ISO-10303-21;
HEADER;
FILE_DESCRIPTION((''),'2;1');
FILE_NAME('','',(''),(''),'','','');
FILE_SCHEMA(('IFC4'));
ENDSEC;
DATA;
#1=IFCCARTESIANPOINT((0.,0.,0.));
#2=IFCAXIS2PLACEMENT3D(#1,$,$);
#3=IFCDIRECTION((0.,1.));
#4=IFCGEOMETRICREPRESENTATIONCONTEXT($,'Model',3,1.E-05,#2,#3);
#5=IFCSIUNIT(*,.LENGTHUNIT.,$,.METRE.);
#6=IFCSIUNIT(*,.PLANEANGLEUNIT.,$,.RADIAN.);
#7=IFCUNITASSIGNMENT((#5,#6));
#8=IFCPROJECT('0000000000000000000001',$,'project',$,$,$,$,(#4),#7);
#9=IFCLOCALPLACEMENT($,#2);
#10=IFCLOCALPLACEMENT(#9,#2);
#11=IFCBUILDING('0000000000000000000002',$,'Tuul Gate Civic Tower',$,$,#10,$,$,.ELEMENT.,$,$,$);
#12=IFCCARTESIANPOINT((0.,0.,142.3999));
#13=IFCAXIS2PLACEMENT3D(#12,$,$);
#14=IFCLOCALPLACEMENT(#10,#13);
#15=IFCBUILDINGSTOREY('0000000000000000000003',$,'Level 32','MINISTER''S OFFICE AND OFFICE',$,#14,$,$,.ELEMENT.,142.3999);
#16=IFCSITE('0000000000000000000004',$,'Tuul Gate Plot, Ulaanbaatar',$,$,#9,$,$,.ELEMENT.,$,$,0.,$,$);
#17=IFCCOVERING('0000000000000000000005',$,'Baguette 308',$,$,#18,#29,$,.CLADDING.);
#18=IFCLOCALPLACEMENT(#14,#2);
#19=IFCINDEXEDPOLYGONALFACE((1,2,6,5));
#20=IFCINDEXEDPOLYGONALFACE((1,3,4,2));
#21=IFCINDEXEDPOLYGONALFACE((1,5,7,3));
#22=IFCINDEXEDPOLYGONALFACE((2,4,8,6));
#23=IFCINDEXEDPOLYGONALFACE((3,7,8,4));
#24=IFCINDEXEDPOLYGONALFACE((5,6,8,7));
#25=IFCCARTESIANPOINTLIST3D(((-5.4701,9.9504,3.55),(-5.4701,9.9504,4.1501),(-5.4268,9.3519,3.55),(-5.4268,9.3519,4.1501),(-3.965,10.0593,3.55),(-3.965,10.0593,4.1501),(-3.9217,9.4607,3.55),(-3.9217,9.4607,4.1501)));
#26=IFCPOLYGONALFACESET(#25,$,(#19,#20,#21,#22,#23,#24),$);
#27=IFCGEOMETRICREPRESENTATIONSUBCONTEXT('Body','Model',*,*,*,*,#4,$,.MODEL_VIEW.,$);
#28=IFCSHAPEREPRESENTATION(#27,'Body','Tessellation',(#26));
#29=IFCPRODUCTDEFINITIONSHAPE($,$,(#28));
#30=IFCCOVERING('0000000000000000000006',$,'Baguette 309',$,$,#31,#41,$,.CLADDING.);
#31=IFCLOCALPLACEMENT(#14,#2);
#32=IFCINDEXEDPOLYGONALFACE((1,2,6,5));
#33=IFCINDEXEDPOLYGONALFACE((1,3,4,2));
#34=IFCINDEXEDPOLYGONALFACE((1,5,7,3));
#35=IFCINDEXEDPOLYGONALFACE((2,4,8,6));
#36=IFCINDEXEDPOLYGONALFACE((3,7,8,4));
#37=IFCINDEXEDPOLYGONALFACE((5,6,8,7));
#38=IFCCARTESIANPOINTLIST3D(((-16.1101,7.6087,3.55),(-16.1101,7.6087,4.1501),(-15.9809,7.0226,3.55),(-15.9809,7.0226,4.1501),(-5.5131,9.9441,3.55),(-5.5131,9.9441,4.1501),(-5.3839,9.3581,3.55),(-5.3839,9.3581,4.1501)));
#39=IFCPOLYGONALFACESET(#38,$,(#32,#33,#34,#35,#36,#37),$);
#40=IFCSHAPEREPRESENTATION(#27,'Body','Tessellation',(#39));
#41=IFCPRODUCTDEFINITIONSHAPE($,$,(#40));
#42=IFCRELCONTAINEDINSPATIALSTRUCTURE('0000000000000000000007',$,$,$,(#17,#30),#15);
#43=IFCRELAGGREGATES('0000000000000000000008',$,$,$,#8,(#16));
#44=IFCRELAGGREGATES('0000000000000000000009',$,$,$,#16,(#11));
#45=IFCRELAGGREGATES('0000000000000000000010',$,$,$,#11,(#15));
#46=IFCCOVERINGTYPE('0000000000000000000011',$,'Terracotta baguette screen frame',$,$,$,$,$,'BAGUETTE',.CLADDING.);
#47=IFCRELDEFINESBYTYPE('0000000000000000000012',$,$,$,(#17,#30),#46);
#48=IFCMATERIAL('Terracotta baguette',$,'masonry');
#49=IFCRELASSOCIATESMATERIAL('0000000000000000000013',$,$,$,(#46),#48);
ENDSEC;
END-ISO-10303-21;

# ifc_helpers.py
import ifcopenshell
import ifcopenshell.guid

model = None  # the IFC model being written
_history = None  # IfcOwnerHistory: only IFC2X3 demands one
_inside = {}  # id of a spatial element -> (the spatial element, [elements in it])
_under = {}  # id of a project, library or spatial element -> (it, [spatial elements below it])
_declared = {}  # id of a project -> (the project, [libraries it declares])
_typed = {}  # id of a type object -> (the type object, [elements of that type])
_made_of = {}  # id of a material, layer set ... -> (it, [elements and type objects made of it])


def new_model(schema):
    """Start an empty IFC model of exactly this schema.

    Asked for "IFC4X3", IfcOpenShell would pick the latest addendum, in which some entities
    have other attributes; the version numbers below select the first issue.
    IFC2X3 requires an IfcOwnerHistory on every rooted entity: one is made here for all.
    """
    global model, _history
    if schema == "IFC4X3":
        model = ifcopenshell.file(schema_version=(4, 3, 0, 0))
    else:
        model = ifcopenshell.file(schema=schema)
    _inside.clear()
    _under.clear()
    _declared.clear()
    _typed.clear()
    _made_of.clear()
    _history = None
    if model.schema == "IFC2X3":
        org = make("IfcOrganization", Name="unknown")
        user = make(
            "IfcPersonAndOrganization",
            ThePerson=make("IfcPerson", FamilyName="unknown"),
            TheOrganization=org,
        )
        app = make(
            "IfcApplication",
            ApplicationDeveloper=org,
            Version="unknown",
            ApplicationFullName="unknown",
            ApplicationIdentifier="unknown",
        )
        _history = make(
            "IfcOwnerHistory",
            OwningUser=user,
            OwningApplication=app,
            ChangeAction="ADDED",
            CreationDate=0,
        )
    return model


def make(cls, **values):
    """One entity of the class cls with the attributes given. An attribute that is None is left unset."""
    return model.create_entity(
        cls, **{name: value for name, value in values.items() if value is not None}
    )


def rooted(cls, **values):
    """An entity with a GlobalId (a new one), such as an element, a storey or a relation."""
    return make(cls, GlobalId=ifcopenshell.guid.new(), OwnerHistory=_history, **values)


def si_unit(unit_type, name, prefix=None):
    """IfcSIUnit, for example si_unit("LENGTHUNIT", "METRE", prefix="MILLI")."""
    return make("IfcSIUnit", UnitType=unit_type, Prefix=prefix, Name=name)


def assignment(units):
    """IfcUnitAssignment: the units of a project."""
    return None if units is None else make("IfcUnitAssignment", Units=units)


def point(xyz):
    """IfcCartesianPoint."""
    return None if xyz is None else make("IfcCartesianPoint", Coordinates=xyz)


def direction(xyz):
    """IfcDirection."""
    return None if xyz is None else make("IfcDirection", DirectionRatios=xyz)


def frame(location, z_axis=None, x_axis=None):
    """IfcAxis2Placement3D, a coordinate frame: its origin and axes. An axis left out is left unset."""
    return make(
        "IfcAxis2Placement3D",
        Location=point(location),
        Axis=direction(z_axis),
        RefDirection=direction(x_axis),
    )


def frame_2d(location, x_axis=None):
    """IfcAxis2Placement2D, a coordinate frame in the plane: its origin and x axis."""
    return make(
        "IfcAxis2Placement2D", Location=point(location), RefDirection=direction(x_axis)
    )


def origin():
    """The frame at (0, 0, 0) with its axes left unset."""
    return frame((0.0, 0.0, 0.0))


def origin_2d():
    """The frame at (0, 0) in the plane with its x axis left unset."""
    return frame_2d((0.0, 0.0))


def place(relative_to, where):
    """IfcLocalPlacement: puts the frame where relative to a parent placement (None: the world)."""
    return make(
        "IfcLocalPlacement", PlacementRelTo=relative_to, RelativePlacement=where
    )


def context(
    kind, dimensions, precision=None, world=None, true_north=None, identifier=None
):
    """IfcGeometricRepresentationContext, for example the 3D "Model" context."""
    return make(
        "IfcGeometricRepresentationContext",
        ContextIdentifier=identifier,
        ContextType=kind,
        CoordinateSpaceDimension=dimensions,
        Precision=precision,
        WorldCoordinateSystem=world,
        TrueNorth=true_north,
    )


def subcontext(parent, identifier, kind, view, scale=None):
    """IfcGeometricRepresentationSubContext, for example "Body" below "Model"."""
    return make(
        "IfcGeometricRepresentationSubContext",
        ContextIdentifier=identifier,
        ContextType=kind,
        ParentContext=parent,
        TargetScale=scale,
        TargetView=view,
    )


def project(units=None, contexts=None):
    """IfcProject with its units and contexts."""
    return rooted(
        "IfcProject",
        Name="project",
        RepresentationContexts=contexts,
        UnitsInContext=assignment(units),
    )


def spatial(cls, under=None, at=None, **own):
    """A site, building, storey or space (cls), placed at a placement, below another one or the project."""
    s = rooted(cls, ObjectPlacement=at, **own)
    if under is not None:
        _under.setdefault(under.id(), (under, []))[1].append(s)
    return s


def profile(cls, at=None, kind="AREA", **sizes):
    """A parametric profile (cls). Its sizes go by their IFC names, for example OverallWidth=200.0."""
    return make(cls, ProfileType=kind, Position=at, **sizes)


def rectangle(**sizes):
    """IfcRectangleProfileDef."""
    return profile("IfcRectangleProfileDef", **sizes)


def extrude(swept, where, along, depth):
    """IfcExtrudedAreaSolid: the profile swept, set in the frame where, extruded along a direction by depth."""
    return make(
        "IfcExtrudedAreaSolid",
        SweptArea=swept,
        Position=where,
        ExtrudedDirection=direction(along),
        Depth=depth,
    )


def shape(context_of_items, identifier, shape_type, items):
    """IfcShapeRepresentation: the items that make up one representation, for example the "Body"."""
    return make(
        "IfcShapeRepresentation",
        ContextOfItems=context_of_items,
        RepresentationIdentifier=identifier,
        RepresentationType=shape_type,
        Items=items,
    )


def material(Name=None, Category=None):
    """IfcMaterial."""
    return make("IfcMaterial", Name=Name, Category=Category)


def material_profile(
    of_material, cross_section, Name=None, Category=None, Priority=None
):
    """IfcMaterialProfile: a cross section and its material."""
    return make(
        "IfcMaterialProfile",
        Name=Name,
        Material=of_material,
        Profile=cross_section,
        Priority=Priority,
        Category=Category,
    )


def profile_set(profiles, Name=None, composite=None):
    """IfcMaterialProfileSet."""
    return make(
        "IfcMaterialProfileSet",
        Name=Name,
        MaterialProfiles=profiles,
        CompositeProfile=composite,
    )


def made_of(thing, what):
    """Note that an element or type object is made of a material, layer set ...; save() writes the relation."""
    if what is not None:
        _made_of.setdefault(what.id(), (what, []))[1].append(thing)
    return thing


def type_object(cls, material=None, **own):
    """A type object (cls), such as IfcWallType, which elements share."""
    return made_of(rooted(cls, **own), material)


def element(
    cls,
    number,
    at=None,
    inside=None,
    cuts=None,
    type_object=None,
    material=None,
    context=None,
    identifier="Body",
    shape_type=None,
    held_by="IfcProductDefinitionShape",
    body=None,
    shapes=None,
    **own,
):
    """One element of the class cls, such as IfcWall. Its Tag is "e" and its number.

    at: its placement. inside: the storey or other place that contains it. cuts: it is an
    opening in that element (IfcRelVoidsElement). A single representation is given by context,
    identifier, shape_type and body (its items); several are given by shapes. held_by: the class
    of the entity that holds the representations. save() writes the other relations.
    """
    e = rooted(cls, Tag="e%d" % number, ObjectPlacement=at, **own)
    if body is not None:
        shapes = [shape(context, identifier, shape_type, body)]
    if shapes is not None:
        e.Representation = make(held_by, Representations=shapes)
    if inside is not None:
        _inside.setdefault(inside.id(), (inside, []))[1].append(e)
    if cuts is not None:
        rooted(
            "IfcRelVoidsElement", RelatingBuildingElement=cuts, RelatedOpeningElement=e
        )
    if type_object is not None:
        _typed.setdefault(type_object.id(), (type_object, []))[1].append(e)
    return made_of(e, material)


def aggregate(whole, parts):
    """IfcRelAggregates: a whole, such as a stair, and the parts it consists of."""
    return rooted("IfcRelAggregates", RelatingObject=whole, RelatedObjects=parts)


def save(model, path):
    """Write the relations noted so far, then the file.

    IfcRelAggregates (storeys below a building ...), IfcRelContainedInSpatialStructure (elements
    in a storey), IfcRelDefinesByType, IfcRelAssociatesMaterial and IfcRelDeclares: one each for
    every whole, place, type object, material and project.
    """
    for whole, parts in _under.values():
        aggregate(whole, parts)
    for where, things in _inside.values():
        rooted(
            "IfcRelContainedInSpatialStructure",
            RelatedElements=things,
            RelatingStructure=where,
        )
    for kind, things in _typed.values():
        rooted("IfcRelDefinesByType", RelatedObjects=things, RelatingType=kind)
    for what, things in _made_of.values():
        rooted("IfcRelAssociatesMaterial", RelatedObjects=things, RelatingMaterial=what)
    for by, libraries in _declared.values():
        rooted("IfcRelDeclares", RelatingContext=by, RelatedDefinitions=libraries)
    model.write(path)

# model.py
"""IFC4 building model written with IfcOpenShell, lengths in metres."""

from ifc_helpers import new_model, si_unit, direction, frame, origin, origin_2d, place, context, subcontext, project, spatial, rectangle, extrude, material, material_profile, profile_set, type_object, element, save


model = new_model("IFC4")

# Units and contexts
model_context = context("Model", 3, precision=1e-05, world=origin(), true_north=direction((0.0, 1.0)))
body_context = subcontext(model_context, "Body", "Model", "MODEL_VIEW")
ifc_project = project(units=[si_unit("LENGTHUNIT", "METRE"), si_unit("PLANEANGLEUNIT", "RADIAN")], contexts=[model_context])

# Site, building, storey
site_placement = place(None, origin())
site = spatial("IfcSite", under=ifc_project, at=site_placement, Name="Tuul Gate Plot, Ulaanbaatar", CompositionType="ELEMENT", RefElevation=0.0)
building_placement = place(site_placement, origin())
building = spatial("IfcBuilding", under=site, at=building_placement, Name="Tuul Gate Civic Tower", CompositionType="ELEMENT")
storey_placement = place(building_placement, frame((0.0, 0.0, 142.3999)))
storey = spatial("IfcBuildingStorey", under=building, at=storey_placement, Name="Level 32", Description="MINISTER'S OFFICE AND OFFICE", CompositionType="ELEMENT", Elevation=142.3999)

# Coverings
ifc_material_1 = material(Name="Terracotta baguette", Category="masonry")
ifc_material_profile_1 = material_profile(ifc_material_1, rectangle(XDim=0.6001, YDim=0.6001, at=origin_2d()), Name="Terracotta baguette screen frame")
ifc_profile_set_1 = profile_set([ifc_material_profile_1], Name="Terracotta baguette")
covering_type = type_object("IfcCoveringType", Name="Terracotta baguette screen frame", ElementType="BAGUETTE", PredefinedType="CLADDING", material=ifc_profile_set_1)
covering_1_placement = place(storey_placement, frame((-3.9434, 9.76, 3.8501), z_axis=(-0.997393, -0.072155, 0.0), x_axis=(0.072155, -0.997393, 0.0)))
element("IfcCovering", 1, at=covering_1_placement, inside=storey, type_object=covering_type, Name="Baguette 308", PredefinedType="CLADDING", context=body_context, shape_type="SweptSolid", body=[
    extrude(rectangle(XDim=0.6001, YDim=0.6001, at=origin_2d()), origin(), (0.0, 0.0, 1.0), 1.509),
])
covering_2_placement = place(storey_placement, frame((-5.4485, 9.6511, 3.8501), z_axis=(-0.976565, -0.215224, 0.0), x_axis=(0.215224, -0.976565, 0.0)))
element("IfcCovering", 2, at=covering_2_placement, inside=storey, type_object=covering_type, Name="Baguette 309", PredefinedType="CLADDING", context=body_context, shape_type="SweptSolid", body=[
    extrude(rectangle(XDim=0.6001, YDim=0.6001, at=origin_2d()), origin(), (0.0, 0.0, 1.0), 10.8513),
])

save(model, "model.ifc")
